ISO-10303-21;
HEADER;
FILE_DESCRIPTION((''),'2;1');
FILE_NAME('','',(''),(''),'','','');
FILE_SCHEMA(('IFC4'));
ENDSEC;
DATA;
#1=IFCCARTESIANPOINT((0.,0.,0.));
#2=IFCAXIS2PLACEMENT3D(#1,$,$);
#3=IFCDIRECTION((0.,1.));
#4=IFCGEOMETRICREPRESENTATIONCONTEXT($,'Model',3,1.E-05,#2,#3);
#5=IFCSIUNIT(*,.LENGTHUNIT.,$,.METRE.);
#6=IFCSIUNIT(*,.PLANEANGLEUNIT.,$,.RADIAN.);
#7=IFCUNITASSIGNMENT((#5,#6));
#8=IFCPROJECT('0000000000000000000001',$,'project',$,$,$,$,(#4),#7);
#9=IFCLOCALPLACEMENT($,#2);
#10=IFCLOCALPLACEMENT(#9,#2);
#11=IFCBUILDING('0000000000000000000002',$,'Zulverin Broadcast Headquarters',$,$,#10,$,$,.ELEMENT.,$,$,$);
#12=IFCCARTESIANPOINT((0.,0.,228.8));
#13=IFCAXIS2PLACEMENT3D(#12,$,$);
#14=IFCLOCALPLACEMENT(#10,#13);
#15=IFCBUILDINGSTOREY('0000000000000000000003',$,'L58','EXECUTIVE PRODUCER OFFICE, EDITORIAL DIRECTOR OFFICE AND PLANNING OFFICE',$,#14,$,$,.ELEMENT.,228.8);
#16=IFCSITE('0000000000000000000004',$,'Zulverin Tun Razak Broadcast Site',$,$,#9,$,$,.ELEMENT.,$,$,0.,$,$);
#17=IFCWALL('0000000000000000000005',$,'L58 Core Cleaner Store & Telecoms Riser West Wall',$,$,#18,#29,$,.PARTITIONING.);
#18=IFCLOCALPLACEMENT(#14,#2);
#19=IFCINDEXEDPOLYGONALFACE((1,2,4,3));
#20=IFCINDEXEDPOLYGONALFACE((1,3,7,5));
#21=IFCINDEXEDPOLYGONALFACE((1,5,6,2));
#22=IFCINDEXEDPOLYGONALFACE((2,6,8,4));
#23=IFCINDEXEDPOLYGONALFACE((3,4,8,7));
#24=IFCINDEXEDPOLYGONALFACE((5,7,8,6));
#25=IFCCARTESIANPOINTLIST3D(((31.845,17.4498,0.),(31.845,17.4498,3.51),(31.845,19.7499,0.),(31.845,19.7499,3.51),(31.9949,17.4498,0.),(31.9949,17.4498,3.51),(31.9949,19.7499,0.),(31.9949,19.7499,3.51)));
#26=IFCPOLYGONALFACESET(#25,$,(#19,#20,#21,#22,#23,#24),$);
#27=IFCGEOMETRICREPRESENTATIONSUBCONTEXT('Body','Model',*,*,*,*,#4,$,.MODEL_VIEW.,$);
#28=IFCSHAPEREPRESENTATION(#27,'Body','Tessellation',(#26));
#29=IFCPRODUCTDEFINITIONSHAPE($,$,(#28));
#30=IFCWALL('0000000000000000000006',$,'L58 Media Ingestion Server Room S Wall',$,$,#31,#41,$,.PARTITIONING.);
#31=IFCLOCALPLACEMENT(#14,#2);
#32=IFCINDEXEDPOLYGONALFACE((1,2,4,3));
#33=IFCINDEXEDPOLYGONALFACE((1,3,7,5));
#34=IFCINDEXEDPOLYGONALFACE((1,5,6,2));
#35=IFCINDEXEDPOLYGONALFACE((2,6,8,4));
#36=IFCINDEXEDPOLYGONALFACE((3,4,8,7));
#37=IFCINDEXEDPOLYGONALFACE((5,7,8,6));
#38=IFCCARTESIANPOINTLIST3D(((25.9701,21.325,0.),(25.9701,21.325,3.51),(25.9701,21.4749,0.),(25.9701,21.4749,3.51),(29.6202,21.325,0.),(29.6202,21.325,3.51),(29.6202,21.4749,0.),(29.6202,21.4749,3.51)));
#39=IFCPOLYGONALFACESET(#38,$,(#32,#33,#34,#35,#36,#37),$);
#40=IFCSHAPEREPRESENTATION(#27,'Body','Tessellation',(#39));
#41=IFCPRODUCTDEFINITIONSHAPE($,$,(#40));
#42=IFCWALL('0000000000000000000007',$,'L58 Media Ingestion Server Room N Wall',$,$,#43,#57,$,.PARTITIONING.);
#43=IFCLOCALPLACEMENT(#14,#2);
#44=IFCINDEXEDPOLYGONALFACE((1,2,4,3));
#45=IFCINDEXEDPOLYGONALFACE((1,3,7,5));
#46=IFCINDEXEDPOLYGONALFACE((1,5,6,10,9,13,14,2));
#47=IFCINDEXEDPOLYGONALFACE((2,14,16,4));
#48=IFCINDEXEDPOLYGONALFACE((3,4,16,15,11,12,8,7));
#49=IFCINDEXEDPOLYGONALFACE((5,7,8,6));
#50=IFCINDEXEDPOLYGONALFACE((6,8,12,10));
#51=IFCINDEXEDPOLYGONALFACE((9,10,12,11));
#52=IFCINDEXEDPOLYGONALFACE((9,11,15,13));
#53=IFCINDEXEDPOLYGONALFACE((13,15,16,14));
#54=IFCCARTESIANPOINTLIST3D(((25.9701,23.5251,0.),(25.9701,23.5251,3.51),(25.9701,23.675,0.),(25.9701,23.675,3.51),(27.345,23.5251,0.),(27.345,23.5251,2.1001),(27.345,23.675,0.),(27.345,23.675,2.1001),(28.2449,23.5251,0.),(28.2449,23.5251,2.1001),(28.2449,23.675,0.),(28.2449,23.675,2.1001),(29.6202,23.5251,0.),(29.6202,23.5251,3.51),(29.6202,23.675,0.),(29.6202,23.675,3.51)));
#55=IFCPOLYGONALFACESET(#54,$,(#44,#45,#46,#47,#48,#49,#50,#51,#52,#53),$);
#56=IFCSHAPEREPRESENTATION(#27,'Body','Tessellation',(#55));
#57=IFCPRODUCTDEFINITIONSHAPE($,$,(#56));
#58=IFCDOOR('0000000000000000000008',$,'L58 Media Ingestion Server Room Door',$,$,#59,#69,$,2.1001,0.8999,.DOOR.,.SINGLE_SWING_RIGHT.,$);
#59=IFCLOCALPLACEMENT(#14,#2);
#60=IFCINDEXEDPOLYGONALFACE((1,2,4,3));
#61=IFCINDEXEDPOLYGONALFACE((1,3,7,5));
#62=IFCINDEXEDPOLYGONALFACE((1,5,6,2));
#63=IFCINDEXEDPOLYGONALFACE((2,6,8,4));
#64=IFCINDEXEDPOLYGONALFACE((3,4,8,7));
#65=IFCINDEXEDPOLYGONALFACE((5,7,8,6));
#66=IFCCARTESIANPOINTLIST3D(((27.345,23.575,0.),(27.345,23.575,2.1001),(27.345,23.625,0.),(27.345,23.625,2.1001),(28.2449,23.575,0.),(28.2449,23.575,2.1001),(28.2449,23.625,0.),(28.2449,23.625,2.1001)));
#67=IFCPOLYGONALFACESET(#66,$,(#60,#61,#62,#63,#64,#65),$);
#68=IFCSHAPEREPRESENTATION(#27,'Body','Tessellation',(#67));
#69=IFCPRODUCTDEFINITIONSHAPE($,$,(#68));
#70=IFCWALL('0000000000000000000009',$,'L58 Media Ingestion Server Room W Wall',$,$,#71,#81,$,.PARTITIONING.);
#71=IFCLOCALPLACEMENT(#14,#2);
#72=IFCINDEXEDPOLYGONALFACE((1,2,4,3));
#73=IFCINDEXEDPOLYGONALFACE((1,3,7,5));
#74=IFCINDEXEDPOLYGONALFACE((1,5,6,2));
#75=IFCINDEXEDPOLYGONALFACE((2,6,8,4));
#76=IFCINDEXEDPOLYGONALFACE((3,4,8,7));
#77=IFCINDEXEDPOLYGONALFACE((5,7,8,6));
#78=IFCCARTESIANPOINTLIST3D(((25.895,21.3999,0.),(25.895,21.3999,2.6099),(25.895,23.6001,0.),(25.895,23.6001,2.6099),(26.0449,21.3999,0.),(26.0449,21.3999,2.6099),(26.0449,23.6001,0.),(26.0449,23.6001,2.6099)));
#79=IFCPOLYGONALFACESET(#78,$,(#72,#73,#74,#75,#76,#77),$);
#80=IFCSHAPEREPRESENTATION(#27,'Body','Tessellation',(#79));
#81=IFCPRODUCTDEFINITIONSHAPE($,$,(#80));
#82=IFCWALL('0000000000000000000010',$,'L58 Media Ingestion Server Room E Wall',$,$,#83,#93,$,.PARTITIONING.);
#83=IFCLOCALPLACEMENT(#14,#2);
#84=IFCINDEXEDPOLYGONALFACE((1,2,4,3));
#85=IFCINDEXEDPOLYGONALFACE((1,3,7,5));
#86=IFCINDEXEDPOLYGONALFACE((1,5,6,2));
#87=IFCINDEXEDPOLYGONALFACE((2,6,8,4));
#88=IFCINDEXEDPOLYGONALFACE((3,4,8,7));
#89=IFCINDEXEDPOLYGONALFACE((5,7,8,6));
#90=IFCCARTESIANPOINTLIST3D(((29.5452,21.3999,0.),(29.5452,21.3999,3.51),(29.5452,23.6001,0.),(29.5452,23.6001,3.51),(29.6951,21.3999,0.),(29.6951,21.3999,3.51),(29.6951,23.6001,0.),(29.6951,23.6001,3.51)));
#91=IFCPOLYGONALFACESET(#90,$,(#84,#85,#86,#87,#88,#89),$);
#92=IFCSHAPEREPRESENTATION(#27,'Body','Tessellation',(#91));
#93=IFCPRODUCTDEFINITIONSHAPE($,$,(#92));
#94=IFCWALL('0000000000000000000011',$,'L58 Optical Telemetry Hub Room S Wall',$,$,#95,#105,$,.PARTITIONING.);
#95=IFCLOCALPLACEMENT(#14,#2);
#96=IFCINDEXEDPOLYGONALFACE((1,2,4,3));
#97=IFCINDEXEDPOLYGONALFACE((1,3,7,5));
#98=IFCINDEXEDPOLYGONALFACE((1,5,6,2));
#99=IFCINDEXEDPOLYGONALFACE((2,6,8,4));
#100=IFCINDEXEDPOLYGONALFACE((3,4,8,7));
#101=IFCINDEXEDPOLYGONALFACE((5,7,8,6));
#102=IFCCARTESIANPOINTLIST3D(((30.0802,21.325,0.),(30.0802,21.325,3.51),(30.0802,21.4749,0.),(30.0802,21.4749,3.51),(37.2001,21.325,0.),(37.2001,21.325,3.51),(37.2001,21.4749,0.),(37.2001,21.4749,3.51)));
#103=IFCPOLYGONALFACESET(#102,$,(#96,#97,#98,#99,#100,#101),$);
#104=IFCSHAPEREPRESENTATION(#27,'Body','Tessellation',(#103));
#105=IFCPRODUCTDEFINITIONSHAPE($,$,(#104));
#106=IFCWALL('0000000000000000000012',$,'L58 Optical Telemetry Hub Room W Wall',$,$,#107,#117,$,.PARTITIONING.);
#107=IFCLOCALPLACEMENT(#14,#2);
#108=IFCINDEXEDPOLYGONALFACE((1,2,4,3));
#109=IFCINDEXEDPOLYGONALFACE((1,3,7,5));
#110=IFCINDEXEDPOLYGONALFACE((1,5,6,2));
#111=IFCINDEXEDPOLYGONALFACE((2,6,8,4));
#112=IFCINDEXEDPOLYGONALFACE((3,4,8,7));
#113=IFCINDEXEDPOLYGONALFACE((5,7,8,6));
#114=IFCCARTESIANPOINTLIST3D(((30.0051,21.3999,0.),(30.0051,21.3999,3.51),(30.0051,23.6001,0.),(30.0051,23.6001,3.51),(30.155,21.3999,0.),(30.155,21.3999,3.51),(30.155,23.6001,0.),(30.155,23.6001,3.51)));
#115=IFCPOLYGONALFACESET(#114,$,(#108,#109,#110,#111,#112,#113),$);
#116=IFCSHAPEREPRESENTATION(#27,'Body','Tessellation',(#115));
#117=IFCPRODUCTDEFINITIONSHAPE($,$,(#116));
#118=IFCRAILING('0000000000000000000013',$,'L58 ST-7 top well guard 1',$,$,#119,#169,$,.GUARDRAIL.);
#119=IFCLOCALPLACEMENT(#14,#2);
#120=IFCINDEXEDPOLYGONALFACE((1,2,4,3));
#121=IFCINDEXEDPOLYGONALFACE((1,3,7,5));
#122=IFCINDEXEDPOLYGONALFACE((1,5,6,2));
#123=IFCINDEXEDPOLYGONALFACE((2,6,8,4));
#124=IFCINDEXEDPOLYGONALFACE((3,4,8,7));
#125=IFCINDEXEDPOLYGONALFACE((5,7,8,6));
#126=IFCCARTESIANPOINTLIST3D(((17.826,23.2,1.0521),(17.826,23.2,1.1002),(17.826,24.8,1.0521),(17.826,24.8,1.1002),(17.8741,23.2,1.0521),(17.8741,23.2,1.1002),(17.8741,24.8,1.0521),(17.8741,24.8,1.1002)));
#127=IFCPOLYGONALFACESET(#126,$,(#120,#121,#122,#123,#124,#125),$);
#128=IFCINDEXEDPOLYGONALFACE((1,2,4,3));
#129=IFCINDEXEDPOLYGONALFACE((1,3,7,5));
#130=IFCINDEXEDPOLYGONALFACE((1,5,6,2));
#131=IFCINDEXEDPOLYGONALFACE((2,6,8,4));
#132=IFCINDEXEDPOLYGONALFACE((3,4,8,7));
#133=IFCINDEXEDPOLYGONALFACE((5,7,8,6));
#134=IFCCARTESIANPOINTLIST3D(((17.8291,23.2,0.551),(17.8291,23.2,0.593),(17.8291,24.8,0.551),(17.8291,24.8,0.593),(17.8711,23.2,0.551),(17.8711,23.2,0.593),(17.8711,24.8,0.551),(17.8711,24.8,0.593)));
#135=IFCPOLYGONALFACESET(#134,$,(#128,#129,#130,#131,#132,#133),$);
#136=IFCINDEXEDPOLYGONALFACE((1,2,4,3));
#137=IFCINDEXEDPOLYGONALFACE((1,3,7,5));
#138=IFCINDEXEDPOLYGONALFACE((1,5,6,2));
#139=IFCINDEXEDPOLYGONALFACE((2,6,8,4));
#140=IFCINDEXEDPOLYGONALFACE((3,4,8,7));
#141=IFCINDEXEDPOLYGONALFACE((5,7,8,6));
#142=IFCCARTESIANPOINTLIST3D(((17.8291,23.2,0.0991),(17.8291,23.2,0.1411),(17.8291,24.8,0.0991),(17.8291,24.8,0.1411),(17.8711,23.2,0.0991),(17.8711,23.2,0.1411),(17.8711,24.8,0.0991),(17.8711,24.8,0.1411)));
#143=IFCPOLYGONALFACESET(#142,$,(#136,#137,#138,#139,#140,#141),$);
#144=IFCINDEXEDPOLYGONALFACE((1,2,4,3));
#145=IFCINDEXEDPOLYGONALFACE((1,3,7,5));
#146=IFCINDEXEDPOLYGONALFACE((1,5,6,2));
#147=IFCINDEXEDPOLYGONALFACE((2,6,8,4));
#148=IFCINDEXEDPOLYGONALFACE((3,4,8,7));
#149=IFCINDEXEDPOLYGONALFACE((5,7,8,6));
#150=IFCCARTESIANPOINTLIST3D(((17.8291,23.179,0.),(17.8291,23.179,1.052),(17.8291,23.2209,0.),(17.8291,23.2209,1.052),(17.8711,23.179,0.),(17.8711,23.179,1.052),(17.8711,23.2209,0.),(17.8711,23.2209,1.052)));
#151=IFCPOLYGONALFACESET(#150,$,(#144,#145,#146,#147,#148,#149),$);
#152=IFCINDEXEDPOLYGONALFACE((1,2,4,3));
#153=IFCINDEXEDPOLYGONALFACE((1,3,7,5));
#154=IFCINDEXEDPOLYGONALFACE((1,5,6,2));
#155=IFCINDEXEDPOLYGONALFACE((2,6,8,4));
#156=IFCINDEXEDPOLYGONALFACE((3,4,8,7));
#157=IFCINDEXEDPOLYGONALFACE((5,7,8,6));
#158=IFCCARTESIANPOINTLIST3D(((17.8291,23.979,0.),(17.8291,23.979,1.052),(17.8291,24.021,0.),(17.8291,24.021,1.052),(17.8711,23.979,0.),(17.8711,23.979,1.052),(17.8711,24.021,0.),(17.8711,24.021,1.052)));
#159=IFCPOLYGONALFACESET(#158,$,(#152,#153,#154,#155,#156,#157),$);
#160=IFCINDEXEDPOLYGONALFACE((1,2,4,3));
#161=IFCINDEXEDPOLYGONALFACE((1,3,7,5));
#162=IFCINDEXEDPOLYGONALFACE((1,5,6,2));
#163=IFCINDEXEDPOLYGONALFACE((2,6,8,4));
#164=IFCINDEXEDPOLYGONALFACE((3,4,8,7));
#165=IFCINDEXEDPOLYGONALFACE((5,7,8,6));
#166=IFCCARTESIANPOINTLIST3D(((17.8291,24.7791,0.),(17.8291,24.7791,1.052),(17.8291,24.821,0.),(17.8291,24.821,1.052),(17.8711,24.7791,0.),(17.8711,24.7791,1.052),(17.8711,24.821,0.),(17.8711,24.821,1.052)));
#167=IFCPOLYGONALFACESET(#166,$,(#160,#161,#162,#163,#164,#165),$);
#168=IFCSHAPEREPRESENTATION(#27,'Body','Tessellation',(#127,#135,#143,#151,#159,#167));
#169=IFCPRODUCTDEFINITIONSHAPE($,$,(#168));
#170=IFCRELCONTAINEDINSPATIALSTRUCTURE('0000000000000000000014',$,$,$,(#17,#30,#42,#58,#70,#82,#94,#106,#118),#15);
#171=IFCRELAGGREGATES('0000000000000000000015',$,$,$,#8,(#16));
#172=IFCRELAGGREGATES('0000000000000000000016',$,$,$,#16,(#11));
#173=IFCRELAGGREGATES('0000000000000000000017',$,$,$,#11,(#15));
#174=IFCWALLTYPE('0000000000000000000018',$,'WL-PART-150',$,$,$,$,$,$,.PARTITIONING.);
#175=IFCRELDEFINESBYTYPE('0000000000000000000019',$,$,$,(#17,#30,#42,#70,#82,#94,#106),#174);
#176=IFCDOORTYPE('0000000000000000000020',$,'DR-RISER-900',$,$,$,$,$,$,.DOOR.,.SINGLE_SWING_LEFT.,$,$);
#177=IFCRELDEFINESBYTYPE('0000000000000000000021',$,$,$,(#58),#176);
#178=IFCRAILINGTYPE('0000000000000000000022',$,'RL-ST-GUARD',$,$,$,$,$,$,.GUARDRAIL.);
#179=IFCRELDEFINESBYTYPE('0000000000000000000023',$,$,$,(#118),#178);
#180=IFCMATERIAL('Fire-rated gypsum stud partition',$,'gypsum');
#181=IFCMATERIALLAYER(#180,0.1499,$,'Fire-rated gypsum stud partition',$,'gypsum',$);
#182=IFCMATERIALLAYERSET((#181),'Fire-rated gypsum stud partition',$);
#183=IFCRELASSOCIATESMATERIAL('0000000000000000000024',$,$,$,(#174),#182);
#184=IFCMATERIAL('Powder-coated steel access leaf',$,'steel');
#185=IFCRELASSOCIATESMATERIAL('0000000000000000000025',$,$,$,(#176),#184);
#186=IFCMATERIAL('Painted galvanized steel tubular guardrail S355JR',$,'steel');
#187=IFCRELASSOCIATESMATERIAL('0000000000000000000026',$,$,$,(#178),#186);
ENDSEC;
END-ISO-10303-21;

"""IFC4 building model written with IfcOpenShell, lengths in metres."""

from ifc_helpers import new_model, si_unit, direction, frame, frame_2d, origin, origin_2d, place, context, subcontext, project, spatial, rectangle, extrude, material, layer, layer_set, type_object, element, fill, save


model = new_model("IFC4")

# Units and contexts
model_context = context("Model", 3, precision=1e-05, world=origin(), true_north=direction((0.0, 1.0)))
body_context = subcontext(model_context, "Body", "Model", "MODEL_VIEW")
ifc_project = project(units=[si_unit("LENGTHUNIT", "METRE"), si_unit("PLANEANGLEUNIT", "RADIAN")], contexts=[model_context])

# Site, building, storey
site_placement = place(None, origin())
site = spatial("IfcSite", under=ifc_project, at=site_placement, Name="Zulverin Tun Razak Broadcast Site", CompositionType="ELEMENT", RefElevation=0.0)
building_placement = place(site_placement, origin())
building = spatial("IfcBuilding", under=site, at=building_placement, Name="Zulverin Broadcast Headquarters", CompositionType="ELEMENT")
storey_placement = place(building_placement, frame((0.0, 0.0, 228.8)))
storey = spatial("IfcBuildingStorey", under=building, at=storey_placement, Name="L58", Description="EXECUTIVE PRODUCER OFFICE, EDITORIAL DIRECTOR OFFICE AND PLANNING OFFICE", CompositionType="ELEMENT", Elevation=228.8)

# Shared definitions
ifc_material_1 = material(Name="Fire-rated gypsum stud partition", Category="gypsum")
ifc_layer_1 = layer(ifc_material_1, 0.1499, Name="Fire-rated gypsum stud partition", Category="gypsum")
ifc_layer_set_1 = layer_set([ifc_layer_1], Name="Fire-rated gypsum stud partition")
wall_type_1 = type_object("IfcWallType", Name="WL-PART-150", PredefinedType="PARTITIONING", material=ifc_layer_set_1)

# Shared definitions
ifc_material_2 = material(Name="Powder-coated steel access leaf", Category="steel")
door_type_1 = type_object("IfcDoorType", Name="DR-RISER-900", OperationType="SINGLE_SWING_LEFT", PredefinedType="DOOR", material=ifc_material_2)

# Walls
wall_1_placement = place(storey_placement, frame((31.9199, 17.45, 0.0), z_axis=(0.0, 0.0, 1.0), x_axis=(0.0, 1.0, 0.0)))
element("IfcWall", 1, at=wall_1_placement, inside=storey, type_object=wall_type_1, Name="L58 Core Cleaner Store & Telecoms Riser West Wall", PredefinedType="PARTITIONING", context=body_context, shape_type="SweptSolid", body=[
    extrude(rectangle(XDim=2.3, YDim=0.1499, at=frame_2d((1.1499, 0.0))), origin(), (0.0, 0.0, 1.0), 3.51),
])
wall_2_placement = place(storey_placement, frame((25.97, 21.3999, 0.0), z_axis=(0.0, 0.0, 1.0), x_axis=(1.0, 0.0, 0.0)))
element("IfcWall", 2, at=wall_2_placement, inside=storey, type_object=wall_type_1, Name="L58 Media Ingestion Server Room S Wall", PredefinedType="PARTITIONING", context=body_context, shape_type="SweptSolid", body=[
    extrude(rectangle(XDim=3.6501, YDim=0.1499, at=frame_2d((1.8252, 0.0))), origin(), (0.0, 0.0, 1.0), 3.51),
])

# Wall, opening, door
wall_3_placement = place(storey_placement, frame((25.97, 23.6001, 0.0), z_axis=(0.0, 0.0, 1.0), x_axis=(1.0, 0.0, 0.0)))
wall_3 = element("IfcWall", 3, at=wall_3_placement, inside=storey, type_object=wall_type_1, Name="L58 Media Ingestion Server Room N Wall", PredefinedType="PARTITIONING", context=body_context, shape_type="SweptSolid", body=[
    extrude(rectangle(XDim=3.6501, YDim=0.1499, at=frame_2d((1.8252, 0.0))), origin(), (0.0, 0.0, 1.0), 3.51),
])
opening_1_placement = place(wall_3_placement, frame((1.375, 0.0, 0.0)))
opening_1 = element("IfcOpeningElement", 4, at=opening_1_placement, cuts=wall_3, PredefinedType="OPENING", context=body_context, shape_type="SweptSolid", body=[
    extrude(rectangle(XDim=0.8999, YDim=2.1001, at=frame_2d((0.45, 1.05))), frame((0.0, 0.085, 0.0), z_axis=(0.0, -1.0, 0.0), x_axis=(1.0, 0.0, 0.0)), (0.0, 0.0, 1.0), 0.1699),
])
door_1_placement = place(opening_1_placement, origin())
door_1 = element("IfcDoor", 5, at=door_1_placement, inside=storey, type_object=door_type_1, Name="L58 Media Ingestion Server Room Door", OperationType="SINGLE_SWING_RIGHT", OverallHeight=2.1001, OverallWidth=0.8999, PredefinedType="DOOR", context=body_context, shape_type="SweptSolid", body=[
    extrude(rectangle(XDim=0.8999, YDim=2.1001, at=frame_2d((0.45, 1.05))), frame((0.0, 0.0249, 0.0), z_axis=(0.0, -1.0, 0.0), x_axis=(1.0, 0.0, 0.0)), (0.0, 0.0, 1.0), 0.05),
])
fill(opening_1, door_1)

# Walls
wall_4_placement = place(storey_placement, frame((25.97, 21.3999, 0.0), z_axis=(0.0, 0.0, 1.0), x_axis=(0.0, 1.0, 0.0)))
element("IfcWall", 6, at=wall_4_placement, inside=storey, type_object=wall_type_1, Name="L58 Media Ingestion Server Room W Wall", PredefinedType="PARTITIONING", context=body_context, shape_type="SweptSolid", body=[
    extrude(rectangle(XDim=2.2002, YDim=0.1499, at=frame_2d((1.1001, 0.0))), origin(), (0.0, 0.0, 1.0), 2.6099),
])
wall_5_placement = place(storey_placement, frame((29.6201, 21.3999, 0.0), z_axis=(0.0, 0.0, 1.0), x_axis=(0.0, 1.0, 0.0)))
element("IfcWall", 7, at=wall_5_placement, inside=storey, type_object=wall_type_1, Name="L58 Media Ingestion Server Room E Wall", PredefinedType="PARTITIONING", context=body_context, shape_type="SweptSolid", body=[
    extrude(rectangle(XDim=2.2002, YDim=0.1499, at=frame_2d((1.1001, 0.0))), origin(), (0.0, 0.0, 1.0), 3.51),
])
wall_6_placement = place(storey_placement, frame((30.0801, 21.3999, 0.0), z_axis=(0.0, 0.0, 1.0), x_axis=(1.0, 0.0, 0.0)))
element("IfcWall", 8, at=wall_6_placement, inside=storey, type_object=wall_type_1, Name="L58 Optical Telemetry Hub Room S Wall", PredefinedType="PARTITIONING", context=body_context, shape_type="SweptSolid", body=[
    extrude(rectangle(XDim=7.1199, YDim=0.1499, at=frame_2d((3.5601, 0.0))), origin(), (0.0, 0.0, 1.0), 3.51),
])
wall_7_placement = place(storey_placement, frame((30.0801, 21.3999, 0.0), z_axis=(0.0, 0.0, 1.0), x_axis=(0.0, 1.0, 0.0)))
element("IfcWall", 9, at=wall_7_placement, inside=storey, type_object=wall_type_1, Name="L58 Optical Telemetry Hub Room W Wall", PredefinedType="PARTITIONING", context=body_context, shape_type="SweptSolid", body=[
    extrude(rectangle(XDim=2.2002, YDim=0.1499, at=frame_2d((1.1001, 0.0))), origin(), (0.0, 0.0, 1.0), 3.51),
])

# Railing
ifc_material_3 = material(Name="Painted galvanized steel tubular guardrail S355JR", Category="steel")
railing_type = type_object("IfcRailingType", Name="RL-ST-GUARD", PredefinedType="GUARDRAIL", material=ifc_material_3)
railing_1_placement = place(storey_placement, frame((17.8501, 23.2, 0.0)))
element("IfcRailing", 10, at=railing_1_placement, inside=storey, type_object=railing_type, Name="L58 ST-7 top well guard 1", PredefinedType="GUARDRAIL", context=body_context, shape_type="SweptSolid", body=[
    extrude(rectangle(XDim=0.0481, YDim=0.0481, at=origin_2d()), frame((0.0, 0.0, 1.0762), z_axis=(0.0, 1.0, 0.0), x_axis=(-1.0, 0.0, 0.0)), (0.0, 0.0, 1.0), 1.6001),
    extrude(rectangle(XDim=0.042, YDim=0.042, at=origin_2d()), frame((0.0, 0.0, 0.572), z_axis=(0.0, 1.0, 0.0), x_axis=(-1.0, 0.0, 0.0)), (0.0, 0.0, 1.0), 1.6001),
    extrude(rectangle(XDim=0.042, YDim=0.042, at=origin_2d()), frame((0.0, 0.0, 0.1201), z_axis=(0.0, 1.0, 0.0), x_axis=(-1.0, 0.0, 0.0)), (0.0, 0.0, 1.0), 1.6001),
    extrude(rectangle(XDim=0.042, YDim=0.042, at=origin_2d()), origin(), (0.0, 0.0, 1.0), 1.052),
    extrude(rectangle(XDim=0.042, YDim=0.042, at=origin_2d()), frame((0.0, 0.8, 0.0)), (0.0, 0.0, 1.0), 1.052),
    extrude(rectangle(XDim=0.042, YDim=0.042, at=origin_2d()), frame((0.0, 1.6001, 0.0)), (0.0, 0.0, 1.0), 1.052),
])

save(model, "model.ifc")
